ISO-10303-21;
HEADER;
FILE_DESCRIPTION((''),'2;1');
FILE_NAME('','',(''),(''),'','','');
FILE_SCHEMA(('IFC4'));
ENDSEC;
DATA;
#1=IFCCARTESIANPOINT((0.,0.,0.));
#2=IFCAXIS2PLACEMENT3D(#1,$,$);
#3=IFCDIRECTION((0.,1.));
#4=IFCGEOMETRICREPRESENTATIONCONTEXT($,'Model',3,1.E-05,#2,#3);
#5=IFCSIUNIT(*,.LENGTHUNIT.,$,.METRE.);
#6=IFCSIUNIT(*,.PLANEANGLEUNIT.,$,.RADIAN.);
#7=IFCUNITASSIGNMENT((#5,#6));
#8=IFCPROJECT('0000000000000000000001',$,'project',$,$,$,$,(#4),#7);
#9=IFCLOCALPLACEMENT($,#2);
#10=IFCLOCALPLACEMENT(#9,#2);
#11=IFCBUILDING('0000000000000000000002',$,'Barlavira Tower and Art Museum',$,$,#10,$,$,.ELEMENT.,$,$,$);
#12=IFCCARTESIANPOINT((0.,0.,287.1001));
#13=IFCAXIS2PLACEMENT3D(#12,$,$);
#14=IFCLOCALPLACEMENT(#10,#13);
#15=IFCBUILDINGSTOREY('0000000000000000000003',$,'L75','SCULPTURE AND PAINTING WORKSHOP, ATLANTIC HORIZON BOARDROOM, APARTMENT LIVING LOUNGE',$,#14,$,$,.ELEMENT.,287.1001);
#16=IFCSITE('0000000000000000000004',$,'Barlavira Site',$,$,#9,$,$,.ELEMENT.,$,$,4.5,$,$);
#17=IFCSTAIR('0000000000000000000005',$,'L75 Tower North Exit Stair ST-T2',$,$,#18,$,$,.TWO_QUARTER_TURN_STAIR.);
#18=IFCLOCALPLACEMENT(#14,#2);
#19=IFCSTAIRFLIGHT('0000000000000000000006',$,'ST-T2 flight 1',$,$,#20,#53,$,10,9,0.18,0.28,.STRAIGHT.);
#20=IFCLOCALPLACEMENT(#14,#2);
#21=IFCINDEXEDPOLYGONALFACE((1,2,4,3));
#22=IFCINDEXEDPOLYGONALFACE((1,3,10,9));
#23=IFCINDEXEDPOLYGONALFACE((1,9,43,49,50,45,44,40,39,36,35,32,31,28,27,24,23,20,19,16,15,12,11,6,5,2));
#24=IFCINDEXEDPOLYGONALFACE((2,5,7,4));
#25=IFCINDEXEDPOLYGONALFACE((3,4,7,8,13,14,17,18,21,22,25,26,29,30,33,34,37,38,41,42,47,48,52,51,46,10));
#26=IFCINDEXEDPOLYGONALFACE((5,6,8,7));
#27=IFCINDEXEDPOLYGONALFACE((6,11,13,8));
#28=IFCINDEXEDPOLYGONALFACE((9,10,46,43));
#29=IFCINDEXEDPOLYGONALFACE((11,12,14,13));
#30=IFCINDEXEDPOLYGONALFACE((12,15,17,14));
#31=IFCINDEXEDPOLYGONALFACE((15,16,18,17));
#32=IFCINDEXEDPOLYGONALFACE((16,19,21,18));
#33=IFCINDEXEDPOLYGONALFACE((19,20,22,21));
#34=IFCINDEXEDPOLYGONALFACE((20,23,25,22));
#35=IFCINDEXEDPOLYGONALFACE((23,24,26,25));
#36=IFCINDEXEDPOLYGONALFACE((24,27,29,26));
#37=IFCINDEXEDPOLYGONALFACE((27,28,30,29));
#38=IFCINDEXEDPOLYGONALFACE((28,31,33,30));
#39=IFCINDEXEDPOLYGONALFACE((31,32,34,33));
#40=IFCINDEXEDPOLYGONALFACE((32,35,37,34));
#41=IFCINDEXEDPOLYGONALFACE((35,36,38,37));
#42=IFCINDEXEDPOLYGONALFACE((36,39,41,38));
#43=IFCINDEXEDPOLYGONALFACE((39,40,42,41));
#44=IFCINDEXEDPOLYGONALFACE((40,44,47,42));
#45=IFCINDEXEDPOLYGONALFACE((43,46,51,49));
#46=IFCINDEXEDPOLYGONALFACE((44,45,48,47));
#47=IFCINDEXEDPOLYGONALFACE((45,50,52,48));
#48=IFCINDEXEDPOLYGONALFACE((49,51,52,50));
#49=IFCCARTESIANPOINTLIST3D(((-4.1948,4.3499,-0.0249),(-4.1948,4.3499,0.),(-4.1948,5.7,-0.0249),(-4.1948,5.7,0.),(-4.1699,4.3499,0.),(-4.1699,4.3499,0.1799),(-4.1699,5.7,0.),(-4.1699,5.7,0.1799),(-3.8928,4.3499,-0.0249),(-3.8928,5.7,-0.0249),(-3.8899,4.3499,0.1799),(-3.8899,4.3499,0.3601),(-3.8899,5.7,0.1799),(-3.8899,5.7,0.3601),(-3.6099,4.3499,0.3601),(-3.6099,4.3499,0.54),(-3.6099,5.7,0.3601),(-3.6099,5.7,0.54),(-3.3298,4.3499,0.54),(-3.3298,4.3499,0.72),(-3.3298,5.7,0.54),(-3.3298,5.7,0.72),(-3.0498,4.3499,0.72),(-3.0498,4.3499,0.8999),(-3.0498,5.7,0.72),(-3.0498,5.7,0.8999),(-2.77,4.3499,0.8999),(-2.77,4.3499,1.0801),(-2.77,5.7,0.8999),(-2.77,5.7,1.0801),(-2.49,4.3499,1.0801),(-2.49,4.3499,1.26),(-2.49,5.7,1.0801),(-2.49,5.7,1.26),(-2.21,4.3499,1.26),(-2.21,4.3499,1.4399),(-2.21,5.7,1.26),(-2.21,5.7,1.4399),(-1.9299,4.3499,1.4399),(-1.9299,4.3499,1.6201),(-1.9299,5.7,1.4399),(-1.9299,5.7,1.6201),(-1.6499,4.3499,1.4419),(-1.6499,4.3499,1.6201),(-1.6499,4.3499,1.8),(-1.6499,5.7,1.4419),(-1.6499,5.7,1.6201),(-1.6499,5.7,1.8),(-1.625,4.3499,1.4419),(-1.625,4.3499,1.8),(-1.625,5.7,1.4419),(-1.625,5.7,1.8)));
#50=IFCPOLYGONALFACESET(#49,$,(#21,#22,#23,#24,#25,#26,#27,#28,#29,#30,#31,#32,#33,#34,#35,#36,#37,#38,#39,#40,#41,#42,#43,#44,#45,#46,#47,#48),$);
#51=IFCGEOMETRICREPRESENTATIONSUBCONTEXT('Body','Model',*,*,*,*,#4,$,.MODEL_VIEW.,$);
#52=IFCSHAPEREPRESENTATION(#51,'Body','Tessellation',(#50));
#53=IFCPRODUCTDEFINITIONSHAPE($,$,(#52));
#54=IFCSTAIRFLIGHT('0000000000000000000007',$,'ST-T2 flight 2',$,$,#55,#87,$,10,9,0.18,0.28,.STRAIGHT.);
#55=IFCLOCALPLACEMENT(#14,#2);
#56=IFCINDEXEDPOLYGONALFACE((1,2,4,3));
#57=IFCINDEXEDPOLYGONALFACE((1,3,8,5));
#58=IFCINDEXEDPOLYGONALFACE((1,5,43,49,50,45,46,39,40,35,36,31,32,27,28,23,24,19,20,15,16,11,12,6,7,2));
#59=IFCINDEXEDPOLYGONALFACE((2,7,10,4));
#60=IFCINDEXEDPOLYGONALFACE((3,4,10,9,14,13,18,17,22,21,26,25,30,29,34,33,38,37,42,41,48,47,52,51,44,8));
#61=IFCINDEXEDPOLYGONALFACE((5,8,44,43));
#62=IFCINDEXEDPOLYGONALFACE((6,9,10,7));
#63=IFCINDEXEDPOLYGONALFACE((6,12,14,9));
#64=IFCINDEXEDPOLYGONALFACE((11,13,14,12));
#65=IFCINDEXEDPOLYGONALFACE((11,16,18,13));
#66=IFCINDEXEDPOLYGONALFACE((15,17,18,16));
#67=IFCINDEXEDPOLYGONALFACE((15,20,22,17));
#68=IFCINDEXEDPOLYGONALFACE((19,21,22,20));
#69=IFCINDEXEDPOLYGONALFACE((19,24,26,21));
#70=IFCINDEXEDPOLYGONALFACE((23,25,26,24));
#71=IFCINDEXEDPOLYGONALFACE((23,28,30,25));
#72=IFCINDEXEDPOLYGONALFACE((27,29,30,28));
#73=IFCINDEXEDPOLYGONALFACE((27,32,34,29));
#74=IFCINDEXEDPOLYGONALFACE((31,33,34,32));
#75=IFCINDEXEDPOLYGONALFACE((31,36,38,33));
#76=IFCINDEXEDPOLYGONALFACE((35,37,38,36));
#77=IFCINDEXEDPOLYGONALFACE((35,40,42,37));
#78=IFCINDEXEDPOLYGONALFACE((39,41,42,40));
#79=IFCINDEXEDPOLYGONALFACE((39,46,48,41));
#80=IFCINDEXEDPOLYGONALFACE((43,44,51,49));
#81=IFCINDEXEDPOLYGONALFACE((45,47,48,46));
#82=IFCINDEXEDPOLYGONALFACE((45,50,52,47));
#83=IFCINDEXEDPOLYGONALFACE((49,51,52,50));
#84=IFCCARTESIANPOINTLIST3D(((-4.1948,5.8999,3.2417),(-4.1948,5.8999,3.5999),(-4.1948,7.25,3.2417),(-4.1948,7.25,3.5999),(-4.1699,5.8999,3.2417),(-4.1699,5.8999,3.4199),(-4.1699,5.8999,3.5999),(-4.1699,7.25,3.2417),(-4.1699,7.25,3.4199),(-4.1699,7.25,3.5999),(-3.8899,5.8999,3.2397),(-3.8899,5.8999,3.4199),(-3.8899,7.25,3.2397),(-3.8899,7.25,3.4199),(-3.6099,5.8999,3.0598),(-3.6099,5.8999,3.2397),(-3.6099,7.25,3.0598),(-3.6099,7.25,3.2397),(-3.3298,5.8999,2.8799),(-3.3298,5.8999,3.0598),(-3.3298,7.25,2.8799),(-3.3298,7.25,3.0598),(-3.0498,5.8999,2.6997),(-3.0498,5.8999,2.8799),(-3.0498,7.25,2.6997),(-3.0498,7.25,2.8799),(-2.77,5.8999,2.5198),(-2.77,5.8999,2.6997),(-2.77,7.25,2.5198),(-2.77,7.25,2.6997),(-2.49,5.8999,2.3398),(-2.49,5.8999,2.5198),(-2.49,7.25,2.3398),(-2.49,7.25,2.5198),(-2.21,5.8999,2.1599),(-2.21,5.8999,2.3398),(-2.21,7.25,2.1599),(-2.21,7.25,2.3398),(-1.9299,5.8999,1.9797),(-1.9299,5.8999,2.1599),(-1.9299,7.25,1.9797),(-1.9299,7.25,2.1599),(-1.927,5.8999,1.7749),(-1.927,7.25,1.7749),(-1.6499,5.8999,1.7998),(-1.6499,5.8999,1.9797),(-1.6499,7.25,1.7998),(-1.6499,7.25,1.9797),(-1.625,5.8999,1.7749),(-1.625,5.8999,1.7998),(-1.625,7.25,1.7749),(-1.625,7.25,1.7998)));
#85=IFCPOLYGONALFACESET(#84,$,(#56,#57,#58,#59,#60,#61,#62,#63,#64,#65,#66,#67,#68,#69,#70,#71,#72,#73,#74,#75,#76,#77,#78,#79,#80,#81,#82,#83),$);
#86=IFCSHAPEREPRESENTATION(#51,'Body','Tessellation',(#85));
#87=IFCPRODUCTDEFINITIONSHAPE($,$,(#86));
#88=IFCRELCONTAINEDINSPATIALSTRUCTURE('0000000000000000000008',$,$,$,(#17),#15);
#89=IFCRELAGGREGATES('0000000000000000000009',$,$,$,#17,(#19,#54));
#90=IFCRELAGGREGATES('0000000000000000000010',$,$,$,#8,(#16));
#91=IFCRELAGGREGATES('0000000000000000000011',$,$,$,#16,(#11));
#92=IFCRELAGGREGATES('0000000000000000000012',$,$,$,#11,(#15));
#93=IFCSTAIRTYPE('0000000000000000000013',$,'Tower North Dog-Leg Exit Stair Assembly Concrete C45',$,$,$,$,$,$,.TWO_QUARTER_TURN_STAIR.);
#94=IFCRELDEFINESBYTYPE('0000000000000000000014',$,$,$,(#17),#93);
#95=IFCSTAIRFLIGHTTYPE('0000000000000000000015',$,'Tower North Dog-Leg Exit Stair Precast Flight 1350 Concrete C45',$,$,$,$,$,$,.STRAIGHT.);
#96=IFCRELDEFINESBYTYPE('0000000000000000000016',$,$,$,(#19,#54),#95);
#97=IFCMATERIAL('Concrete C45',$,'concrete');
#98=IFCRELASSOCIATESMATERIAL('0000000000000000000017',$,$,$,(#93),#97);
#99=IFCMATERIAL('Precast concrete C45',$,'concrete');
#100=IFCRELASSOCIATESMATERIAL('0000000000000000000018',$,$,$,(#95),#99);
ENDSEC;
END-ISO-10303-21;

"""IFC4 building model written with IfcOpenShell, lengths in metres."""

from ifc_helpers import new_model, si_unit, direction, frame, origin, place, context, subcontext, project, spatial, polyline, outline, extrude, material, type_object, element, aggregate, save


model = new_model("IFC4")

# Units and contexts
model_context = context("Model", 3, precision=1e-05, world=origin(), true_north=direction((0.0, 1.0)))
body_context = subcontext(model_context, "Body", "Model", "MODEL_VIEW")
ifc_project = project(units=[si_unit("LENGTHUNIT", "METRE"), si_unit("PLANEANGLEUNIT", "RADIAN")], contexts=[model_context])

# Site, building, storey
site_placement = place(None, origin())
site = spatial("IfcSite", under=ifc_project, at=site_placement, Name="Barlavira Site", CompositionType="ELEMENT", RefElevation=4.5)
building_placement = place(site_placement, origin())
building = spatial("IfcBuilding", under=site, at=building_placement, Name="Barlavira Tower and Art Museum", CompositionType="ELEMENT")
storey_placement = place(building_placement, frame((0.0, 0.0, 287.1001)))
storey = spatial("IfcBuildingStorey", under=building, at=storey_placement, Name="L75", Description="SCULPTURE AND PAINTING WORKSHOP, ATLANTIC HORIZON BOARDROOM, APARTMENT LIVING LOUNGE", CompositionType="ELEMENT", Elevation=287.1001)

# Stair, stair flights
ifc_material_1 = material(Name="Concrete C45", Category="concrete")
stair_type = type_object("IfcStairType", Name="Tower North Dog-Leg Exit Stair Assembly Concrete C45", PredefinedType="TWO_QUARTER_TURN_STAIR", material=ifc_material_1)
stair_placement = place(storey_placement, origin())
stair = element("IfcStair", 1, at=stair_placement, inside=storey, type_object=stair_type, Name="L75 Tower North Exit Stair ST-T2", PredefinedType="TWO_QUARTER_TURN_STAIR")
ifc_material_2 = material(Name="Precast concrete C45", Category="concrete")
stair_flight_type = type_object("IfcStairFlightType", Name="Tower North Dog-Leg Exit Stair Precast Flight 1350 Concrete C45", PredefinedType="STRAIGHT", material=ifc_material_2)
stair_flight_1_placement = place(storey_placement, frame((-4.1699, 5.0249, 0.0), z_axis=(0.0, 0.0, 1.0), x_axis=(1.0, 0.0, 0.0)))
stair_flight_1 = element("IfcStairFlight", 2, at=stair_flight_1_placement, type_object=stair_flight_type, Name="ST-T2 flight 1", NumberOfRisers=10, NumberOfTreads=9, PredefinedType="STRAIGHT", RiserHeight=0.18, TreadLength=0.28, context=body_context, shape_type="SweptSolid", body=[
    extrude(outline(polyline([(-0.0249, 0.0), (0.0, 0.0), (0.0, 0.1799), (0.28, 0.1799), (0.28, 0.3601), (0.5601, 0.3601), (0.5601, 0.54), (0.8401, 0.54), (0.8401, 0.72), (1.1201, 0.72), (1.1201, 0.8999), (1.3999, 0.8999), (1.3999, 1.0801), (1.6799, 1.0801), (1.6799, 1.26), (1.96, 1.26), (1.96, 1.4399), (2.24, 1.4399), (2.24, 1.6201), (2.52, 1.6201), (2.52, 1.8), (2.5449, 1.8), (2.5449, 1.4419), (2.52, 1.4419), (0.2771, -0.0249), (-0.0249, -0.0249), (-0.0249, 0.0)])), frame((0.0, 0.675, 0.0), z_axis=(0.0, -1.0, 0.0), x_axis=(1.0, 0.0, 0.0)), (0.0, 0.0, 1.0), 1.3501),
])
stair_flight_2_placement = place(storey_placement, frame((-1.6499, 6.575, 1.7998), z_axis=(0.0, 0.0, 1.0), x_axis=(-1.0, 0.0, 0.0)))
stair_flight_2 = element("IfcStairFlight", 3, at=stair_flight_2_placement, type_object=stair_flight_type, Name="ST-T2 flight 2", NumberOfRisers=10, NumberOfTreads=9, PredefinedType="STRAIGHT", RiserHeight=0.18, TreadLength=0.28, context=body_context, shape_type="SweptSolid", body=[
    extrude(outline(polyline([(-0.0249, 0.0), (0.0, 0.0), (0.0, 0.1799), (0.28, 0.1799), (0.28, 0.3601), (0.5601, 0.3601), (0.5601, 0.54), (0.8401, 0.54), (0.8401, 0.72), (1.1201, 0.72), (1.1201, 0.8999), (1.3999, 0.8999), (1.3999, 1.0801), (1.6799, 1.0801), (1.6799, 1.26), (1.96, 1.26), (1.96, 1.4399), (2.24, 1.4399), (2.24, 1.6201), (2.52, 1.6201), (2.52, 1.8), (2.5449, 1.8), (2.5449, 1.4419), (2.52, 1.4419), (0.2771, -0.0249), (-0.0249, -0.0249), (-0.0249, 0.0)])), frame((0.0, 0.675, 0.0), z_axis=(0.0, -1.0, 0.0), x_axis=(1.0, 0.0, 0.0)), (0.0, 0.0, 1.0), 1.3501),
])
aggregate(stair, [stair_flight_1, stair_flight_2])

save(model, "model.ifc")
